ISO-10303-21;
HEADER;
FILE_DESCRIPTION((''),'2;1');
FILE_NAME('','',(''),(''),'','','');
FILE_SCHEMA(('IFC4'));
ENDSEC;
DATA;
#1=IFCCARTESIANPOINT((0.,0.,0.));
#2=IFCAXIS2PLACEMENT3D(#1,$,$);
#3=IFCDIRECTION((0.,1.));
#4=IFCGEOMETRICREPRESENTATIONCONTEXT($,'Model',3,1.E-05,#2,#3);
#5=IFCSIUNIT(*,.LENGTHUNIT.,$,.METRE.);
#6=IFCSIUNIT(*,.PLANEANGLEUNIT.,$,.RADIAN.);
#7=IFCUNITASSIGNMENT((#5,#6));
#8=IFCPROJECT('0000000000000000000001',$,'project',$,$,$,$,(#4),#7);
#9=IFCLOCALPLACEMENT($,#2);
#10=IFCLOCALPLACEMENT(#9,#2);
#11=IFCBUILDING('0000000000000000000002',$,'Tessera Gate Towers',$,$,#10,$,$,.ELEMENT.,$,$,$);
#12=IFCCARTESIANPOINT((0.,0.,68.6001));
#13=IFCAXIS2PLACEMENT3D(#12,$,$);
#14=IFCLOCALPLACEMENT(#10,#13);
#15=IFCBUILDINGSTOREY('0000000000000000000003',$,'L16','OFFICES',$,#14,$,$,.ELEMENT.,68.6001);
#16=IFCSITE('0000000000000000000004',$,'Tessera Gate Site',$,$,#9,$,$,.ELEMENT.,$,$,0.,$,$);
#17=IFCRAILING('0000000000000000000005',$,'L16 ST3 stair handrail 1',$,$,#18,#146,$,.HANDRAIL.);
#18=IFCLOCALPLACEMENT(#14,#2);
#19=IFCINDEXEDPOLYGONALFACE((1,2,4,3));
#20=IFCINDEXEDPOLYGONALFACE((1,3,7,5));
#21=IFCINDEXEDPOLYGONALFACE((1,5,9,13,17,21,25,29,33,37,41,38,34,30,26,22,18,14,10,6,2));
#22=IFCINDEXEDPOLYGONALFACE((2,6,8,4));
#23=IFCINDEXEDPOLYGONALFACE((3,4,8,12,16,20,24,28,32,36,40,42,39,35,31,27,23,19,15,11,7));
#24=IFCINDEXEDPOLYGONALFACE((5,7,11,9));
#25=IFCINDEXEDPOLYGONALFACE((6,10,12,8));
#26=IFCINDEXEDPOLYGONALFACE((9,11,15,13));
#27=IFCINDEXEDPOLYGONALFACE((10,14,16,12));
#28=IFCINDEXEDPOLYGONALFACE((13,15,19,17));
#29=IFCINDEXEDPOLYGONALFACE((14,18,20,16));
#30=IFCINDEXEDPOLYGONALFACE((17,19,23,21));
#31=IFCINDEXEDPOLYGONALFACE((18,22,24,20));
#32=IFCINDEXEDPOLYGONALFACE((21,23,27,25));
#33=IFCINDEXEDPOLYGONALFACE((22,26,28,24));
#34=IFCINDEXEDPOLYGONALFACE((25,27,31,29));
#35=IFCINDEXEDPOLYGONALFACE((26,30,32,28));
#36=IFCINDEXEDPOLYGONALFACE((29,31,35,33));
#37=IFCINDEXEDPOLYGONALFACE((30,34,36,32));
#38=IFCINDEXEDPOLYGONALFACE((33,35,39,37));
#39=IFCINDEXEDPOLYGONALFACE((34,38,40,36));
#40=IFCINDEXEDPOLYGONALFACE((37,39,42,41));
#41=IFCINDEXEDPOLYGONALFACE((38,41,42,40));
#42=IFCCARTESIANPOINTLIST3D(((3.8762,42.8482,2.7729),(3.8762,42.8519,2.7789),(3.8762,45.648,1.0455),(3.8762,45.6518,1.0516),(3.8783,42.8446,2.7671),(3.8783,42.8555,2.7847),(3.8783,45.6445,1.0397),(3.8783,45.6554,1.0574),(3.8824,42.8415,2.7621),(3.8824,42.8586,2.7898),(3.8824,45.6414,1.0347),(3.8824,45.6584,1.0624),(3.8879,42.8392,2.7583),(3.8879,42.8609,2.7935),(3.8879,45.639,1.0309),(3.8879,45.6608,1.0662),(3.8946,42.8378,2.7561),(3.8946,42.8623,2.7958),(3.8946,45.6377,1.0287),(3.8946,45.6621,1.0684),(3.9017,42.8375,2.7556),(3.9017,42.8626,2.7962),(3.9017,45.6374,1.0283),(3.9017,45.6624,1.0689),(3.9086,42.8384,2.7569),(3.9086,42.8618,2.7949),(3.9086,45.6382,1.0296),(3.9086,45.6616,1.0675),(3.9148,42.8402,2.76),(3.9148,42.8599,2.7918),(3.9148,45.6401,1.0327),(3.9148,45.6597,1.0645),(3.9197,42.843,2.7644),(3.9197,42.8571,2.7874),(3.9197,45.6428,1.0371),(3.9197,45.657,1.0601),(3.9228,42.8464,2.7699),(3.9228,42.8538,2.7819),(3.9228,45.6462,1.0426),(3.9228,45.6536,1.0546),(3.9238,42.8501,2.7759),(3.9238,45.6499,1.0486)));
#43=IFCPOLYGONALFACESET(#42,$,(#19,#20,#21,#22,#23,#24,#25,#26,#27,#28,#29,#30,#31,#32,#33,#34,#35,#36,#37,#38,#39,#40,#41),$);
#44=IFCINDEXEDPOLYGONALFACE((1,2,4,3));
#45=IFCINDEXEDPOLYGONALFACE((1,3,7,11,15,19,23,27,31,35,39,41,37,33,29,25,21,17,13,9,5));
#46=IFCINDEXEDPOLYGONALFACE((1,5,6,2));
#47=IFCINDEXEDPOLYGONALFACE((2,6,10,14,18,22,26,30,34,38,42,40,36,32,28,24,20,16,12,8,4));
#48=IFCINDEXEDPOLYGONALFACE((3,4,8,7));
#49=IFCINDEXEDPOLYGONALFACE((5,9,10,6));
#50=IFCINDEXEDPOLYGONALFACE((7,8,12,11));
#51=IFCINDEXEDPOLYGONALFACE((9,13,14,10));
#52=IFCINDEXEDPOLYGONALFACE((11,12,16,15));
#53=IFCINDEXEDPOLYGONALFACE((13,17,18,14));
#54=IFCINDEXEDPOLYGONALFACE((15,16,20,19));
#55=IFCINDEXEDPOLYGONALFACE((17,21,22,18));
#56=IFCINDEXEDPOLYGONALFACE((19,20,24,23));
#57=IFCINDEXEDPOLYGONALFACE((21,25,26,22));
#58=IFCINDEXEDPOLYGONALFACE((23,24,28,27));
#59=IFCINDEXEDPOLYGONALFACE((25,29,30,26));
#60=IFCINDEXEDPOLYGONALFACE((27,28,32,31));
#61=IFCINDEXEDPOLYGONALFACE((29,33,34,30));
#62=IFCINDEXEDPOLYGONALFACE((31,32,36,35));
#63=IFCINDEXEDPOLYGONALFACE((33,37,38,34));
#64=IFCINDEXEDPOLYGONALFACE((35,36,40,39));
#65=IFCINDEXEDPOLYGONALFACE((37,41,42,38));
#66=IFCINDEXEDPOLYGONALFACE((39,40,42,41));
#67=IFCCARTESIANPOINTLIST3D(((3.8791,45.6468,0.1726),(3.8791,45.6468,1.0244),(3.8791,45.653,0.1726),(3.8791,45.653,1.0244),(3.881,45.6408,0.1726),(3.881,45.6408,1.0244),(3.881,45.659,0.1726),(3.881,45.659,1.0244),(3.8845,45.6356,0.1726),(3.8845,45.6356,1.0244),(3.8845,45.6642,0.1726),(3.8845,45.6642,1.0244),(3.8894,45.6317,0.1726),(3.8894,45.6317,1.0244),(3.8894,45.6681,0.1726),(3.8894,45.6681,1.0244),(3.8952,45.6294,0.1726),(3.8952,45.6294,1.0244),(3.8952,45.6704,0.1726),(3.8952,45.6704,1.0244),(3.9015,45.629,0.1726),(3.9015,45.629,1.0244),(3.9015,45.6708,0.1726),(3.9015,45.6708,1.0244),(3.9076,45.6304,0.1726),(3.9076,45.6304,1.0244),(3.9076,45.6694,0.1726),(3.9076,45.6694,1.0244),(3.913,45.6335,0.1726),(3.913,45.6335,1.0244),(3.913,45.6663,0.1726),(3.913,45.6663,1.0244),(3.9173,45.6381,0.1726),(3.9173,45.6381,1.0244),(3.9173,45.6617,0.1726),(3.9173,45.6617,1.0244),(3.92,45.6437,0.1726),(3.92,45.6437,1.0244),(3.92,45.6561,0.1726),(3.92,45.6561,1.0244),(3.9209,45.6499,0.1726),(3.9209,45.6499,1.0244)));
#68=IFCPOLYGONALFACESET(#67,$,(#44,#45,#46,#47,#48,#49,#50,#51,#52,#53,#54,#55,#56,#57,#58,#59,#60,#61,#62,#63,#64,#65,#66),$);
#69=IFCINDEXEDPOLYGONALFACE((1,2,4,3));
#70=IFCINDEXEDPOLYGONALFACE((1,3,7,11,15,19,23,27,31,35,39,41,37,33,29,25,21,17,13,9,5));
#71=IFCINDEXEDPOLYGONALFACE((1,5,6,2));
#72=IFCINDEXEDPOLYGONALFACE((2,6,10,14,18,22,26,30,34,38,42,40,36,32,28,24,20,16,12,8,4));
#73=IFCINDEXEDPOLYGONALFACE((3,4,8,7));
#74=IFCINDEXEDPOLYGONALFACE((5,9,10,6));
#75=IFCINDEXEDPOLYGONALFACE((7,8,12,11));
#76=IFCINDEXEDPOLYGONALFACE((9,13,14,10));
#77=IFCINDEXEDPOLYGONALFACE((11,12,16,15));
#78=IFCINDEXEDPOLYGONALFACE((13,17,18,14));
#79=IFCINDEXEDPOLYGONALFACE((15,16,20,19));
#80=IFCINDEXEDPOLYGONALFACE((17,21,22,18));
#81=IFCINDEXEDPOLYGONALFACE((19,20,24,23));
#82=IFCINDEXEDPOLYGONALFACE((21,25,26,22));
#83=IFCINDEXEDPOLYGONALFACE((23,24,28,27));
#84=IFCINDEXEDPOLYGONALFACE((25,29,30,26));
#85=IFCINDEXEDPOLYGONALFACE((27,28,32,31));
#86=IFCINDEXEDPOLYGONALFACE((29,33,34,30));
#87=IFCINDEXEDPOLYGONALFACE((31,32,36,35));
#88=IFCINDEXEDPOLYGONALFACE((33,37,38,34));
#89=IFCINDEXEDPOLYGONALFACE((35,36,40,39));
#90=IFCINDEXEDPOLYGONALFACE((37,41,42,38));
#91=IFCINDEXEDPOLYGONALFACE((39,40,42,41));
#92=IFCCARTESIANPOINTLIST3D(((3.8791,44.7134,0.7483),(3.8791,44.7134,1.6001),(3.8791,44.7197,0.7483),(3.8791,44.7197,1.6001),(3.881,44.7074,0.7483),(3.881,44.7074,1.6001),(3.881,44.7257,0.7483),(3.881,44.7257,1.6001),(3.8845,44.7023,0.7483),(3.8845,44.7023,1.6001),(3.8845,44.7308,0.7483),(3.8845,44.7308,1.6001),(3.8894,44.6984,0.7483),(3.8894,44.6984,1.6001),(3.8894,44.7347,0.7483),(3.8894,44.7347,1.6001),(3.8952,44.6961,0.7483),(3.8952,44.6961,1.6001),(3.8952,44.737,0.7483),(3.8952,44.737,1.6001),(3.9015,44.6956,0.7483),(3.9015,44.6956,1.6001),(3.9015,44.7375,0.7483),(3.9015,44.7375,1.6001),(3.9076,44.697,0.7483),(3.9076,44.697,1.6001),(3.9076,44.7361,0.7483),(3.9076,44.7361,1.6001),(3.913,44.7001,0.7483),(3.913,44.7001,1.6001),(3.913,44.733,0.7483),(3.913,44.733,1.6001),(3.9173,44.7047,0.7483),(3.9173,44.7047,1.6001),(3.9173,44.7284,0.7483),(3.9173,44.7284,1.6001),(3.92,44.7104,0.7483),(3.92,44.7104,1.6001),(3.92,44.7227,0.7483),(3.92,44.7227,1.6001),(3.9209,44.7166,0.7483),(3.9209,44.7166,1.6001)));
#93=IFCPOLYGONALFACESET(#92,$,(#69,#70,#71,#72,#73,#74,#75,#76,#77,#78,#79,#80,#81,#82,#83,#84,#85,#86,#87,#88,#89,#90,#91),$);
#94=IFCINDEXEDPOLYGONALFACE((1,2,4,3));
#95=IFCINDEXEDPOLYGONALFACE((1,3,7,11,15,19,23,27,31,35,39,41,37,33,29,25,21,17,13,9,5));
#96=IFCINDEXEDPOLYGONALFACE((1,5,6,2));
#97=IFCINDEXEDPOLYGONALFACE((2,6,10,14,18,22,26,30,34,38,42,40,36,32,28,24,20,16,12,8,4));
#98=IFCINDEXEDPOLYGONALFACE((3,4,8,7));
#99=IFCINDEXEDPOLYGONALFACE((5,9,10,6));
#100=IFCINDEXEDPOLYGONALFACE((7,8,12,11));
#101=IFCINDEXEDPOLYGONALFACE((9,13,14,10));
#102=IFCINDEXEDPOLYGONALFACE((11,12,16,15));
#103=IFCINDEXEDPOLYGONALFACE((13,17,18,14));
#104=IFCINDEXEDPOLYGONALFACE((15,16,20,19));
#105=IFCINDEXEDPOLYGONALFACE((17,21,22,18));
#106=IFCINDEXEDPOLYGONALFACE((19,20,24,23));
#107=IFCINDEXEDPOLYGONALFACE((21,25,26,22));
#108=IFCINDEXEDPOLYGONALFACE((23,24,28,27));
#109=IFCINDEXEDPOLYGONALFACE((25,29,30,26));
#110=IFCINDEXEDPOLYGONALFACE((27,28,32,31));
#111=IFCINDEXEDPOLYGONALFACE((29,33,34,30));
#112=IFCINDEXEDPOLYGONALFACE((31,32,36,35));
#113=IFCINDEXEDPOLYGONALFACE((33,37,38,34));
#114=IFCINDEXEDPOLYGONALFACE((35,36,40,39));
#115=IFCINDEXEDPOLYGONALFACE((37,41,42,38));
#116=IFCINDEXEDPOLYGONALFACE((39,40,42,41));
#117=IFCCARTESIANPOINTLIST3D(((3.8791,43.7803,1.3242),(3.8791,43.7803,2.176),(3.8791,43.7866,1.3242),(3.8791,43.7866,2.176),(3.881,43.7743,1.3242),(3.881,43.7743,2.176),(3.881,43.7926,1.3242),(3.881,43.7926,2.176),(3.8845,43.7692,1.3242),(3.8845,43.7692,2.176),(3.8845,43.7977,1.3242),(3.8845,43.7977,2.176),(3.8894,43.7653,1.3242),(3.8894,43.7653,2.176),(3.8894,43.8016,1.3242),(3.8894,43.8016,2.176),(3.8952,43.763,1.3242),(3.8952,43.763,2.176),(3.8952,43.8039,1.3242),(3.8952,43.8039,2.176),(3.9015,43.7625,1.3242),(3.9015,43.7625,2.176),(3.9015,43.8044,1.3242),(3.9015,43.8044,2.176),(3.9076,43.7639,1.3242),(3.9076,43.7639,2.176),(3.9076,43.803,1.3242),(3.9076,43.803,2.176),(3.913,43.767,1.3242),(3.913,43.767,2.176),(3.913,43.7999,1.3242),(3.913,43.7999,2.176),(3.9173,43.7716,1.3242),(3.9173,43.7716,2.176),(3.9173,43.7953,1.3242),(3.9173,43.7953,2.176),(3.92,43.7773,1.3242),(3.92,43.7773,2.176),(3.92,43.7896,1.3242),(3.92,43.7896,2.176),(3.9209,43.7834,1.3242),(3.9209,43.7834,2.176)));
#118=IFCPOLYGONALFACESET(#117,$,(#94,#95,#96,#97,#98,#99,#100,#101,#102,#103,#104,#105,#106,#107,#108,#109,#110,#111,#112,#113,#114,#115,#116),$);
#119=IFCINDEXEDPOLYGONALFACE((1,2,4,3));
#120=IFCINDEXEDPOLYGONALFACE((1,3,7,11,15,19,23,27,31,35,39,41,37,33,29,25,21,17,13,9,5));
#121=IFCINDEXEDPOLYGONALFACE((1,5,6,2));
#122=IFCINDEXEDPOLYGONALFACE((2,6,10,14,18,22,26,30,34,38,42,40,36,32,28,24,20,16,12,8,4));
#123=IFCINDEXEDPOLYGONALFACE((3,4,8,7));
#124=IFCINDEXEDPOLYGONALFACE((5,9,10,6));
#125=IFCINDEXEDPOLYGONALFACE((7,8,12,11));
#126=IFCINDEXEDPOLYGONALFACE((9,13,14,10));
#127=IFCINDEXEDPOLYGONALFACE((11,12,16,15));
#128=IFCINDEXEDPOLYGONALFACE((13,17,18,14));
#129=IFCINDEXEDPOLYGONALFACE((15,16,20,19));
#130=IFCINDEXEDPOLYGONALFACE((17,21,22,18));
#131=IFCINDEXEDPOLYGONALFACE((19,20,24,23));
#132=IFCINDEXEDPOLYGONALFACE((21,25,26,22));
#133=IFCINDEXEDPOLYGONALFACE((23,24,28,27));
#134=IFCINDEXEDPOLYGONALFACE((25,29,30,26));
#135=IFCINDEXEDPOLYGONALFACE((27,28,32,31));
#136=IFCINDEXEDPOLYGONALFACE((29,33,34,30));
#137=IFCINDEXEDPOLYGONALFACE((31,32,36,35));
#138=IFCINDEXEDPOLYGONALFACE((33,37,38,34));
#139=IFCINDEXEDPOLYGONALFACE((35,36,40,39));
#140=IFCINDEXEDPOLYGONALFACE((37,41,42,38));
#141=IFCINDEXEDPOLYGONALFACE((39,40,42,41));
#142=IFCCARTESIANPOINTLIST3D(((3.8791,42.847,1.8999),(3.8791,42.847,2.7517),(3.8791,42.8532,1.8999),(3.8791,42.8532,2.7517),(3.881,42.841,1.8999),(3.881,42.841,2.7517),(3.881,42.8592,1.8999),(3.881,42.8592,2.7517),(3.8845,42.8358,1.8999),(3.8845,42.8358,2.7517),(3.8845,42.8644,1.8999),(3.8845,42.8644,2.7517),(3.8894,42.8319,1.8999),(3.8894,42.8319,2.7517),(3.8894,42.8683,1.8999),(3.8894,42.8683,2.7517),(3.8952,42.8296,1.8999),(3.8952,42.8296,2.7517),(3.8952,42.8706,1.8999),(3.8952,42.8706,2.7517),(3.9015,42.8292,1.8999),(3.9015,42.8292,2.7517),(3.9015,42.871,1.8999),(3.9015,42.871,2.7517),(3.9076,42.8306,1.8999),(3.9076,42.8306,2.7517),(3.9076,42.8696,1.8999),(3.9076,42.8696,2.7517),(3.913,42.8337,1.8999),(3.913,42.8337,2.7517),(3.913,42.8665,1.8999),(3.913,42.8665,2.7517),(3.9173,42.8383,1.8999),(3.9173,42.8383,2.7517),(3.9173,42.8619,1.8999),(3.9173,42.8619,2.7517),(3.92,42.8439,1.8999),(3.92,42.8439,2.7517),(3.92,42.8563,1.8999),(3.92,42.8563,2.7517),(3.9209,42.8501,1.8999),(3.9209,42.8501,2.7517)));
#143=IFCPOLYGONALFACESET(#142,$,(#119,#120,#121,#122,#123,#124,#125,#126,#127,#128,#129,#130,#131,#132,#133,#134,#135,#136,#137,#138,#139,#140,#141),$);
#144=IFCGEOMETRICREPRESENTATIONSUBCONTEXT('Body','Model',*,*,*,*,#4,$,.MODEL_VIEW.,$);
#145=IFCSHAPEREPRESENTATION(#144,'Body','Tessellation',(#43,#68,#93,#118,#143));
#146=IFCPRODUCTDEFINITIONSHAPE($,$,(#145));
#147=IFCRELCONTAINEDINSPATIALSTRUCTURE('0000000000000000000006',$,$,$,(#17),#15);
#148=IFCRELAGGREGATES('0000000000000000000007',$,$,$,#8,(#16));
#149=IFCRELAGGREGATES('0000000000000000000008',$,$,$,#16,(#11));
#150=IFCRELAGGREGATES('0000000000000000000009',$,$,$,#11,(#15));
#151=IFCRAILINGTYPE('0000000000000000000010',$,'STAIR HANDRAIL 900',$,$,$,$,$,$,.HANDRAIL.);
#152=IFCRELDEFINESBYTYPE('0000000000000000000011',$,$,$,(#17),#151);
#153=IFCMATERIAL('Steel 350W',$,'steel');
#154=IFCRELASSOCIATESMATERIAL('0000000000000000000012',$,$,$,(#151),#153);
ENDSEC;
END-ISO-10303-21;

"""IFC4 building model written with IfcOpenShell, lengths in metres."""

from ifc_helpers import new_model, si_unit, direction, frame, origin, origin_2d, place, context, subcontext, project, spatial, circle, extrude, material, type_object, element, save


model = new_model("IFC4")

# Units and contexts
model_context = context("Model", 3, precision=1e-05, world=origin(), true_north=direction((0.0, 1.0)))
body_context = subcontext(model_context, "Body", "Model", "MODEL_VIEW")
ifc_project = project(units=[si_unit("LENGTHUNIT", "METRE"), si_unit("PLANEANGLEUNIT", "RADIAN")], contexts=[model_context])

# Site, building, storey
site_placement = place(None, origin())
site = spatial("IfcSite", under=ifc_project, at=site_placement, Name="Tessera Gate Site", CompositionType="ELEMENT", RefElevation=0.0)
building_placement = place(site_placement, origin())
building = spatial("IfcBuilding", under=site, at=building_placement, Name="Tessera Gate Towers", CompositionType="ELEMENT")
storey_placement = place(building_placement, frame((0.0, 0.0, 68.6001)))
storey = spatial("IfcBuildingStorey", under=building, at=storey_placement, Name="L16", Description="OFFICES", CompositionType="ELEMENT", Elevation=68.6001)

# Railing
ifc_material_1 = material(Name="Steel 350W", Category="steel")
railing_type_1 = type_object("IfcRailingType", Name="STAIR HANDRAIL 900", PredefinedType="HANDRAIL", material=ifc_material_1)
railing_1_placement = place(storey_placement, frame((3.8999, 45.6499, 0.1726)))
element("IfcRailing", 1, at=railing_1_placement, inside=storey, type_object=railing_type_1, Name="L16 ST3 stair handrail 1", PredefinedType="HANDRAIL", context=body_context, shape_type="SweptSolid", body=[
    extrude(circle(Radius=0.0239, at=origin_2d()), frame((0.0, 0.0, 0.876), z_axis=(0.0, -0.851069, 0.525054), x_axis=(1.0, 0.0, 0.0)), (0.0, 0.0, 1.0), 3.2898),
    extrude(circle(Radius=0.021, at=origin_2d()), origin(), (0.0, 0.0, 1.0), 0.8518),
    extrude(circle(Radius=0.021, at=origin_2d()), frame((0.0, -0.9333, 0.5757)), (0.0, 0.0, 1.0), 0.8518),
    extrude(circle(Radius=0.021, at=origin_2d()), frame((0.0, -1.8665, 1.1516)), (0.0, 0.0, 1.0), 0.8518),
    extrude(circle(Radius=0.021, at=origin_2d()), frame((0.0, -2.7998, 1.7273)), (0.0, 0.0, 1.0), 0.8518),
])

save(model, "model.ifc")
